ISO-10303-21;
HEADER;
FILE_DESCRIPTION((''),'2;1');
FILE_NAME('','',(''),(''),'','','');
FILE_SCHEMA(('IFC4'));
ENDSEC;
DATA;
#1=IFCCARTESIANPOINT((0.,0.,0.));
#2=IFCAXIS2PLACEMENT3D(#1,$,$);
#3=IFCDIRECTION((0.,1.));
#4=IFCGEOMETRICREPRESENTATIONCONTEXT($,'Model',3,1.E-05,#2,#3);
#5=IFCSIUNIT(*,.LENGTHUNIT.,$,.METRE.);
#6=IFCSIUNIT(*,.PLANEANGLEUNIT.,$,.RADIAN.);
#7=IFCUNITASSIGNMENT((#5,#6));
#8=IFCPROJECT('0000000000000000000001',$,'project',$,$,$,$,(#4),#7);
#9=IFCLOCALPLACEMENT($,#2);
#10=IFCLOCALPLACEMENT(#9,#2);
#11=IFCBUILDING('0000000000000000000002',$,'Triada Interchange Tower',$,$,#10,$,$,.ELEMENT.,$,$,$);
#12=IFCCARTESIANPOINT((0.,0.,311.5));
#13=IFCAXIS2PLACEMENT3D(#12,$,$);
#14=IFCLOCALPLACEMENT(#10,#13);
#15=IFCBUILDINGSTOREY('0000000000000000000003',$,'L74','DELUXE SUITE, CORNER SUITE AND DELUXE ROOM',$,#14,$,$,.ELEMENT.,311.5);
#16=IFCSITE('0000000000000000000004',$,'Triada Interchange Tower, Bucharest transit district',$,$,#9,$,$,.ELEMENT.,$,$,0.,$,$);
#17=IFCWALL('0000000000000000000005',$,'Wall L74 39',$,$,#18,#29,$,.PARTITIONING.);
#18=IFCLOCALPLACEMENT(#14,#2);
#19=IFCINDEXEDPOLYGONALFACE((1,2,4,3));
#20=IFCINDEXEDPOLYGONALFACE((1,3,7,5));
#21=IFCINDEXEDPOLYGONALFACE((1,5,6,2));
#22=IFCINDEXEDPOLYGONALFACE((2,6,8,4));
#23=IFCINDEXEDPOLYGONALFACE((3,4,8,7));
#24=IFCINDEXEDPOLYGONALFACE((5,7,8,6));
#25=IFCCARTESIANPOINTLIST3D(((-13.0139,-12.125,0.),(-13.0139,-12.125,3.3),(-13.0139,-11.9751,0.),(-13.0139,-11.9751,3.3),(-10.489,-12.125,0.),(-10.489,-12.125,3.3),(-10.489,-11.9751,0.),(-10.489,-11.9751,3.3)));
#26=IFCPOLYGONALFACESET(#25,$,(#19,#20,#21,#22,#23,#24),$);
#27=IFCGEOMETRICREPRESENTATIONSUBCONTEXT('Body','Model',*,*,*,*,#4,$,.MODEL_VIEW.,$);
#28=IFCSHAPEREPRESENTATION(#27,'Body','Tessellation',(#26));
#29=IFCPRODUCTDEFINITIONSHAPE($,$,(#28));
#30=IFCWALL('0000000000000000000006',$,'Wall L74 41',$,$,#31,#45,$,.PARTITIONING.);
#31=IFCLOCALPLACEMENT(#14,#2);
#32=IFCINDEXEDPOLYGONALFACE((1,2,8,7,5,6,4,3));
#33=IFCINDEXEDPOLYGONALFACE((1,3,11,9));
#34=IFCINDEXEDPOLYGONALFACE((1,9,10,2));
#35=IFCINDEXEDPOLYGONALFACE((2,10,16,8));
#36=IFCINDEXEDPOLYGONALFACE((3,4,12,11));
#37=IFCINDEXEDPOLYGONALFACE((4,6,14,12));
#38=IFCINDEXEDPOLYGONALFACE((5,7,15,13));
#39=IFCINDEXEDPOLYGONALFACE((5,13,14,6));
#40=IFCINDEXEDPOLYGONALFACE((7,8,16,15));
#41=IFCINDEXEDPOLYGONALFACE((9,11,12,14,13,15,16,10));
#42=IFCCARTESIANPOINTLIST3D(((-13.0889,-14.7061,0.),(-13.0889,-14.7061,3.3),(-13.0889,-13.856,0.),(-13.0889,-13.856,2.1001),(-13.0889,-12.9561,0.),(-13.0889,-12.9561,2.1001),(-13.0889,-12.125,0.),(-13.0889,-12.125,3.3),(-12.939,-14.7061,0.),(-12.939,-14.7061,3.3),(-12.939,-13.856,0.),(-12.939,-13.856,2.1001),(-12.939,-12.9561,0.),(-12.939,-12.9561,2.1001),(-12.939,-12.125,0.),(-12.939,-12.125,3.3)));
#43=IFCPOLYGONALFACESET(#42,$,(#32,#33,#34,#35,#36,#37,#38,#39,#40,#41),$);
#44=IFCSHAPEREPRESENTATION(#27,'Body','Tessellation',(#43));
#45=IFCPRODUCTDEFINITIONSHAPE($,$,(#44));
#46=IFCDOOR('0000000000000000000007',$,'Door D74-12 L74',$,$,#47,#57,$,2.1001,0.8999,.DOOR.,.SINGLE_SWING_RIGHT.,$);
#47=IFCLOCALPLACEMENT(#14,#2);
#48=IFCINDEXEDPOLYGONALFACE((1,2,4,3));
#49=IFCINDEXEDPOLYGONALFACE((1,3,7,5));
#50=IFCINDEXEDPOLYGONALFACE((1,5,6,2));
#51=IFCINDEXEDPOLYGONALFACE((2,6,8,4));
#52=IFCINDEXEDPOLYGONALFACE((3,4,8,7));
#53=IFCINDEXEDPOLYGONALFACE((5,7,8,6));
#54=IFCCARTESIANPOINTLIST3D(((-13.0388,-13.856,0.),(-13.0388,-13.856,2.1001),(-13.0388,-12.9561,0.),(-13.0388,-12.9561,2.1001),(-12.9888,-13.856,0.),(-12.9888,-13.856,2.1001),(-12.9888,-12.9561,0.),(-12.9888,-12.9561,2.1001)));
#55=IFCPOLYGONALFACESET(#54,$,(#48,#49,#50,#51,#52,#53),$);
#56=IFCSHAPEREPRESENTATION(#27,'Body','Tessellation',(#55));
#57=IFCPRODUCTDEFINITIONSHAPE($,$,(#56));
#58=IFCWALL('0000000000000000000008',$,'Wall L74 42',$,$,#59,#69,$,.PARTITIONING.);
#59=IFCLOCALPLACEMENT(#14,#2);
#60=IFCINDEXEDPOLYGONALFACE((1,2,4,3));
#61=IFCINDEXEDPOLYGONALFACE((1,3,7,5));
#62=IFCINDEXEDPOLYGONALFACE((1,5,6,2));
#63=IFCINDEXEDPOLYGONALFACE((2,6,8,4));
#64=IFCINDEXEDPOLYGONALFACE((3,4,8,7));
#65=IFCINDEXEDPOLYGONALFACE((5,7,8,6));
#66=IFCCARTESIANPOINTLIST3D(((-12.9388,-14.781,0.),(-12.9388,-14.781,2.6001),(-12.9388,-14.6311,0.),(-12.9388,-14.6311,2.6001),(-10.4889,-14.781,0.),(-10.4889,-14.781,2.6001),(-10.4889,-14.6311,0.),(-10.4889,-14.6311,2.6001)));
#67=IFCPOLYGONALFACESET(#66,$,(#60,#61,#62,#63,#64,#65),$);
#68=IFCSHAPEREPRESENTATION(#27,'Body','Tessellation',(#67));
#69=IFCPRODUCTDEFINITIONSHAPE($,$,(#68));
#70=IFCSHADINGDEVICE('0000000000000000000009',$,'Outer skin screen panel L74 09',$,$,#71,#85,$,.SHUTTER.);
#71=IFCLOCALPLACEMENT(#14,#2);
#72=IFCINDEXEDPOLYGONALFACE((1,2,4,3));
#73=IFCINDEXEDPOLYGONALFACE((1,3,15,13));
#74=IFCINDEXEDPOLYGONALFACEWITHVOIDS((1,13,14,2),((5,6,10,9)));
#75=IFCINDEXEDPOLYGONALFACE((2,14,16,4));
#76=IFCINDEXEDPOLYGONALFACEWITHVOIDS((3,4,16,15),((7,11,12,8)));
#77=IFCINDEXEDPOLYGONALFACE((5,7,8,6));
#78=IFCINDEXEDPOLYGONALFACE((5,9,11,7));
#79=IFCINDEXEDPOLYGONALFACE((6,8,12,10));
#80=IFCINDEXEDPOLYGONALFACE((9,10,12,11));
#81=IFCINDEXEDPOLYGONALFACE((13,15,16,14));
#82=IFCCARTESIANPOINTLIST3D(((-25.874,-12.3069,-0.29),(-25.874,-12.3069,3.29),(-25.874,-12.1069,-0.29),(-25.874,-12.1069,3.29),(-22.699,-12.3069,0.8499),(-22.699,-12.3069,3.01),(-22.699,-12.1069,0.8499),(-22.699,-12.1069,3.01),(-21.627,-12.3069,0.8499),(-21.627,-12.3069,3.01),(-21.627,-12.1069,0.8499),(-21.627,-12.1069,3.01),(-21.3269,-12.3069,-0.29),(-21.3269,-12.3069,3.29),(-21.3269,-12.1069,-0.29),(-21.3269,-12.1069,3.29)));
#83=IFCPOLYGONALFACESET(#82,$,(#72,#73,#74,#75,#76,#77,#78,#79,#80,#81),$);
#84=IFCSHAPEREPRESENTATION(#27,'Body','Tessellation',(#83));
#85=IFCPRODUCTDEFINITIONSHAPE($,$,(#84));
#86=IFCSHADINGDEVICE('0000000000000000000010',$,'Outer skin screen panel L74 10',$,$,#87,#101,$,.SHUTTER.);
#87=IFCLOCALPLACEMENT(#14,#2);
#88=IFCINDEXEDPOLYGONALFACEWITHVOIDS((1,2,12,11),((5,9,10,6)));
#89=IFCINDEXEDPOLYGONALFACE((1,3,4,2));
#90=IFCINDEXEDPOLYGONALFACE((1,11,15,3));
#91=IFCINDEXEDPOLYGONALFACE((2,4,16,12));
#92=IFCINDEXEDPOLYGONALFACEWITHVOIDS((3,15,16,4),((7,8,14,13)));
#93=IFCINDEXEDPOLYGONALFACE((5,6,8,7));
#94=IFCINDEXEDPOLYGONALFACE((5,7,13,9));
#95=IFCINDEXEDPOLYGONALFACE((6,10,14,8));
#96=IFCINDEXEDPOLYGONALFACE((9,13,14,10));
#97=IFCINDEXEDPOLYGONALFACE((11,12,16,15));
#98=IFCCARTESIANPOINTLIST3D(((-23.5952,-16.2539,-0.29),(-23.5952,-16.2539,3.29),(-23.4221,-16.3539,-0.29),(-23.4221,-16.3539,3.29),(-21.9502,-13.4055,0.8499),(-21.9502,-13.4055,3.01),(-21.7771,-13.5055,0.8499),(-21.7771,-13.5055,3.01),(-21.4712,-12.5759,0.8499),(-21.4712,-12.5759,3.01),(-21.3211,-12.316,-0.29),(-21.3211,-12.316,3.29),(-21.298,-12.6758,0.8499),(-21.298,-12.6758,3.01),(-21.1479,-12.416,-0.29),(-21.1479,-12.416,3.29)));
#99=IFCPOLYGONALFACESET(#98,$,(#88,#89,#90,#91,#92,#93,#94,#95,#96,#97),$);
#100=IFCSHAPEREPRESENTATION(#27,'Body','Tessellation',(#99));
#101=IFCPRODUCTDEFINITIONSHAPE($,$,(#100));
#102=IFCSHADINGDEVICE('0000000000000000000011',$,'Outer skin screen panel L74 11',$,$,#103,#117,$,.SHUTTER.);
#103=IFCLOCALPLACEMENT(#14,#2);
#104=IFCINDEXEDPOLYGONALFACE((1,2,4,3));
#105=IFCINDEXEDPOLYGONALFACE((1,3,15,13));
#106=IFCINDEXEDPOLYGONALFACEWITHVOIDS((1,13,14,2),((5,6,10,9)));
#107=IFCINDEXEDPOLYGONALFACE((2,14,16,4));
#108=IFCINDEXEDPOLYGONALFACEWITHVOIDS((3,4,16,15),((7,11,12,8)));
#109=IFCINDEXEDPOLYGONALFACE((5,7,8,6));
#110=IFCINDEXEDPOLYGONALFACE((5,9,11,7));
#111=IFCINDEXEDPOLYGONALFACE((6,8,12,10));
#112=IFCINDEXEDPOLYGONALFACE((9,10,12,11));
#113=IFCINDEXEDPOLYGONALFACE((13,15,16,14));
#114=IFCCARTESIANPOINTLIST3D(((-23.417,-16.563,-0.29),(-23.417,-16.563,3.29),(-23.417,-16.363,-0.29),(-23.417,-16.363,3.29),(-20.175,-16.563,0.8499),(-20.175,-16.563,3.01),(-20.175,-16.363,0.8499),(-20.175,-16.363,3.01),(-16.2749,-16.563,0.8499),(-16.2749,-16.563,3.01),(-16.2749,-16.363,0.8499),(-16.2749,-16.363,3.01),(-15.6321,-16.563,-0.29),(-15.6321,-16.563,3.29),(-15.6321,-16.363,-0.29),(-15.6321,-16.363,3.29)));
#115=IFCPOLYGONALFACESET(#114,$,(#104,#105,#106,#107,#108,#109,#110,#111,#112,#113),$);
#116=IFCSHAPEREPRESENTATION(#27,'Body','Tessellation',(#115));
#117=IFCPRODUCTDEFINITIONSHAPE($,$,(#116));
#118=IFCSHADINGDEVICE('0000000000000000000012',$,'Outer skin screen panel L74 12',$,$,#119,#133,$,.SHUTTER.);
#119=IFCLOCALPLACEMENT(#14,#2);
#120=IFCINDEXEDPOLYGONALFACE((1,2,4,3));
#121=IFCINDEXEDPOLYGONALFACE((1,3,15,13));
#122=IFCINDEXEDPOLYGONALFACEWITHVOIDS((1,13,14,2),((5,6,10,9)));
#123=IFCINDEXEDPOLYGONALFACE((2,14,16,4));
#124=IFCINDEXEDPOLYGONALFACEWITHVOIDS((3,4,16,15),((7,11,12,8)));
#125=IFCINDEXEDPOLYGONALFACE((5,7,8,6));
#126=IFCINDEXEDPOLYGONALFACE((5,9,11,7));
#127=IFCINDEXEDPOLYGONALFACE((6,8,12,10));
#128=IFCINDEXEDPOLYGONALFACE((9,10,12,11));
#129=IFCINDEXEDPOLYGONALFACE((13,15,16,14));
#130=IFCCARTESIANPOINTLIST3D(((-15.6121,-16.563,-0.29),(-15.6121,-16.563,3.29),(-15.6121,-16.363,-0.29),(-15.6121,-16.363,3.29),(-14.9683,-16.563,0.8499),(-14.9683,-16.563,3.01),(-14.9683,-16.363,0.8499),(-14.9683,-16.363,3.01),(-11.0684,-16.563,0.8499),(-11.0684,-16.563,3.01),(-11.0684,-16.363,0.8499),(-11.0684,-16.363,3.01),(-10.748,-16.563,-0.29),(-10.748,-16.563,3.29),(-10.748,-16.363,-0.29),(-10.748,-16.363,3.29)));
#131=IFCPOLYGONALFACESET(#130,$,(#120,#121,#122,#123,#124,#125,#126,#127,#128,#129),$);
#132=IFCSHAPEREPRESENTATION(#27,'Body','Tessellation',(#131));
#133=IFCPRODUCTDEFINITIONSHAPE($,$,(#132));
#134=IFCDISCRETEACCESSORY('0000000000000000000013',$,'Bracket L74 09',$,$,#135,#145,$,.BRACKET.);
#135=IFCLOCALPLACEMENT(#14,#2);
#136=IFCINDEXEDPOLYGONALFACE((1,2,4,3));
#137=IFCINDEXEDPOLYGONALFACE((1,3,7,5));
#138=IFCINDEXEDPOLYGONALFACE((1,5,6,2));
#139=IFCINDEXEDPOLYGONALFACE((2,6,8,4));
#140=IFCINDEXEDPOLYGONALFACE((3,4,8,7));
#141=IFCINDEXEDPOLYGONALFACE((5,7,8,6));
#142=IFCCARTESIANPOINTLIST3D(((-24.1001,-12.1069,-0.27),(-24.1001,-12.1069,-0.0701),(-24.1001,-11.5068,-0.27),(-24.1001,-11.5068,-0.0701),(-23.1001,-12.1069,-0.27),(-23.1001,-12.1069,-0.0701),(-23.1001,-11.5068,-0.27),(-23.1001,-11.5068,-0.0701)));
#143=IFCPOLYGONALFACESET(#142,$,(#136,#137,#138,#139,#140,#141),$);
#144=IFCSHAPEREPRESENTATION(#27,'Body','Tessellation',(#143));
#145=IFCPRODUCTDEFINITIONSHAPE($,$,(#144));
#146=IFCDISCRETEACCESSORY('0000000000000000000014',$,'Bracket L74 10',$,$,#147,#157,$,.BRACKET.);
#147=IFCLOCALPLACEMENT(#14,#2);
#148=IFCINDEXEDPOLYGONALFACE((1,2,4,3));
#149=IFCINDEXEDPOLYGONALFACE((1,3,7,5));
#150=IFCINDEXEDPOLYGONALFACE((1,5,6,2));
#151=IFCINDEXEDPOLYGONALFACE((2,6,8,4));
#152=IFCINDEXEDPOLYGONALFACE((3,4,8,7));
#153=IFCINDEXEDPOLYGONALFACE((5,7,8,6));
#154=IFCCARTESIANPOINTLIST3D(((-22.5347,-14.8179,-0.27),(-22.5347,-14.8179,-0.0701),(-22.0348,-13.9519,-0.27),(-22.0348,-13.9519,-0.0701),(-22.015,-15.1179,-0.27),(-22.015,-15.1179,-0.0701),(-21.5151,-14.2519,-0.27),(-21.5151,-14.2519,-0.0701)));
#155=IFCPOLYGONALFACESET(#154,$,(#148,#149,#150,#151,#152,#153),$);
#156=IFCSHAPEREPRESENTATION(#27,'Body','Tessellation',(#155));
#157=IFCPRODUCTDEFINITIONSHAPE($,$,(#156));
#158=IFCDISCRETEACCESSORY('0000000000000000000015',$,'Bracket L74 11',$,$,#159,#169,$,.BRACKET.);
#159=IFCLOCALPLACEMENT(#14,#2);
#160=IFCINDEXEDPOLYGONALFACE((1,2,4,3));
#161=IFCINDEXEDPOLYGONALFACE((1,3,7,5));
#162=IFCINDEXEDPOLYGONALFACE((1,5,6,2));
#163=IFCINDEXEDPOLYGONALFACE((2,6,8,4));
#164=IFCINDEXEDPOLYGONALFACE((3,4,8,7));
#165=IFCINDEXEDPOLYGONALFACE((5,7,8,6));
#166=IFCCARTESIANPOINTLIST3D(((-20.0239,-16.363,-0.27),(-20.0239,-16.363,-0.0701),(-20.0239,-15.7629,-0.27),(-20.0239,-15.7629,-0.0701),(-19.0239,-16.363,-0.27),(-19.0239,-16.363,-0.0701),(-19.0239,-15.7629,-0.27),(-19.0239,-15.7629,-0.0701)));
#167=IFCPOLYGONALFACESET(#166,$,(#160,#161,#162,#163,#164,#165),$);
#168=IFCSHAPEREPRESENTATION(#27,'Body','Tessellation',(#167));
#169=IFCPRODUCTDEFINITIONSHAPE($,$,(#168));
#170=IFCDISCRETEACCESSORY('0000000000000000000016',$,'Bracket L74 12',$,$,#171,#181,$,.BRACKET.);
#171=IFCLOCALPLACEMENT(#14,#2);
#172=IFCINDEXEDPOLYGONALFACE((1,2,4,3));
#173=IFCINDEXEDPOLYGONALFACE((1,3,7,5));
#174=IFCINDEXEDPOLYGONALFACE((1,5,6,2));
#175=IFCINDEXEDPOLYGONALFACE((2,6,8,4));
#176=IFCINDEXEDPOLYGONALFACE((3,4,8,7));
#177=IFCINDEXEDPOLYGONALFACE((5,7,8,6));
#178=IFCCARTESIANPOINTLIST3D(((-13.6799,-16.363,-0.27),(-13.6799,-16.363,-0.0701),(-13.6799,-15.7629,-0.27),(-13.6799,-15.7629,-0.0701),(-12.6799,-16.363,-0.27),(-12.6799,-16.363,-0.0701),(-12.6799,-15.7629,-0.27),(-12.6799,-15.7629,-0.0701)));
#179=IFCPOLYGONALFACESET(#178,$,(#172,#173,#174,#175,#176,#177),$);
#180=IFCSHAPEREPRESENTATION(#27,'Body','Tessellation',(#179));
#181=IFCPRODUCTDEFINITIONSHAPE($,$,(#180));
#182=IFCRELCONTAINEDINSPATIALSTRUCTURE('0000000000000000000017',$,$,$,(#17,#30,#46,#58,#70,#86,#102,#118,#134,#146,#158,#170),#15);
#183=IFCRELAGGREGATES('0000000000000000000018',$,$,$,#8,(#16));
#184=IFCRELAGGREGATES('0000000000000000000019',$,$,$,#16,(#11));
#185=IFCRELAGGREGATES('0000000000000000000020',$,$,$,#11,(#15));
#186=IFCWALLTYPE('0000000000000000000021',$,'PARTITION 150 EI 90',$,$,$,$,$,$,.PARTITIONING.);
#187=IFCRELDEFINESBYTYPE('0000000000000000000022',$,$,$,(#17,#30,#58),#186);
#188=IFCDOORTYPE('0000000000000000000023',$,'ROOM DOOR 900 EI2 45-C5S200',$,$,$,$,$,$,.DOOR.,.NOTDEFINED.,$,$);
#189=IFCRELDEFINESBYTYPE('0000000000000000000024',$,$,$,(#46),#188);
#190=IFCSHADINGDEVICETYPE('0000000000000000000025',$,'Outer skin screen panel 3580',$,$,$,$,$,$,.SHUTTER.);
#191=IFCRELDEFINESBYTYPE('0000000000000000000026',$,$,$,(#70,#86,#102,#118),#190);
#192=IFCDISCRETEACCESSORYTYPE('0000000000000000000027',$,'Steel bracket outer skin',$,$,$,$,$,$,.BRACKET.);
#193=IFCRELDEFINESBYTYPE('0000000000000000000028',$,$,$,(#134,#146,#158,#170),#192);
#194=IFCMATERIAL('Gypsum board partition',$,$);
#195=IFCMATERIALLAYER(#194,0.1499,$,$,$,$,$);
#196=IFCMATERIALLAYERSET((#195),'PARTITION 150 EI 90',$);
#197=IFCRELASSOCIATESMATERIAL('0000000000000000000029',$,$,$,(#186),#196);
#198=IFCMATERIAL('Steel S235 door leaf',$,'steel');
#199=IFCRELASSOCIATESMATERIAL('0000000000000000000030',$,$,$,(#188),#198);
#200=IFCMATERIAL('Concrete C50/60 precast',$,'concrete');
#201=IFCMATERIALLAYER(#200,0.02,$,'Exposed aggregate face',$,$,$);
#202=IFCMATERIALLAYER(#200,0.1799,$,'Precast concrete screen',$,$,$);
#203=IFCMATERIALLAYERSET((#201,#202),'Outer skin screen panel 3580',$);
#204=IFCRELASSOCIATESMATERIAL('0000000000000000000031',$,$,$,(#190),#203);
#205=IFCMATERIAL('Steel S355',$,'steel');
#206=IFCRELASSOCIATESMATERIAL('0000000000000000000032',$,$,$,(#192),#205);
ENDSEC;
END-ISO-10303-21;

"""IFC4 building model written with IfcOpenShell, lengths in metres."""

from ifc_helpers import new_model, si_unit, direction, frame, frame_2d, origin, origin_2d, place, context, subcontext, project, spatial, polyline, rectangle, outline, extrude, material, layer, layer_set, type_object, element, fill, save


model = new_model("IFC4")

# Units and contexts
model_context = context("Model", 3, precision=1e-05, world=origin(), true_north=direction((0.0, 1.0)))
body_context = subcontext(model_context, "Body", "Model", "MODEL_VIEW")
ifc_project = project(units=[si_unit("LENGTHUNIT", "METRE"), si_unit("PLANEANGLEUNIT", "RADIAN")], contexts=[model_context])

# Site, building, storey
site_placement = place(None, origin())
site = spatial("IfcSite", under=ifc_project, at=site_placement, Name="Triada Interchange Tower, Bucharest transit district", CompositionType="ELEMENT", RefElevation=0.0)
building_placement = place(site_placement, origin())
building = spatial("IfcBuilding", under=site, at=building_placement, Name="Triada Interchange Tower", CompositionType="ELEMENT")
storey_placement = place(building_placement, frame((0.0, 0.0, 311.5)))
storey = spatial("IfcBuildingStorey", under=building, at=storey_placement, Name="L74", Description="DELUXE SUITE, CORNER SUITE AND DELUXE ROOM", CompositionType="ELEMENT", Elevation=311.5)

# Wall
ifc_material_1 = material(Name="Gypsum board partition")
ifc_layer_1 = layer(ifc_material_1, 0.1499)
ifc_layer_set_1 = layer_set([ifc_layer_1], Name="PARTITION 150 EI 90")
wall_type_1 = type_object("IfcWallType", Name="PARTITION 150 EI 90", PredefinedType="PARTITIONING", material=ifc_layer_set_1)
wall_1_placement = place(storey_placement, frame((-13.0139, -12.05, 0.0), z_axis=(0.0, 0.0, 1.0), x_axis=(1.0, 0.0, 0.0)))
element("IfcWall", 1, at=wall_1_placement, inside=storey, type_object=wall_type_1, Name="Wall L74 39", PredefinedType="PARTITIONING", context=body_context, shape_type="SweptSolid", body=[
    extrude(rectangle(XDim=2.5249, YDim=0.1499, at=frame_2d((1.2625, 0.0))), origin(), (0.0, 0.0, 1.0), 3.3),
])

# Wall, opening, door
wall_2_placement = place(storey_placement, frame((-13.0139, -14.7061, 0.0), z_axis=(0.0, 0.0, 1.0), x_axis=(0.0, 1.0, 0.0)))
wall_2 = element("IfcWall", 2, at=wall_2_placement, inside=storey, type_object=wall_type_1, Name="Wall L74 41", PredefinedType="PARTITIONING", context=body_context, shape_type="SweptSolid", body=[
    extrude(rectangle(XDim=2.5811, YDim=0.1499, at=frame_2d((1.2905, 0.0))), origin(), (0.0, 0.0, 1.0), 3.3),
])
opening_1_placement = place(wall_2_placement, frame((0.8501, 0.0, 0.0)))
opening_1 = element("IfcOpeningElement", 3, at=opening_1_placement, cuts=wall_2, PredefinedType="OPENING", context=body_context, shape_type="SweptSolid", body=[
    extrude(rectangle(XDim=0.8999, YDim=2.1001, at=frame_2d((0.45, 1.05))), frame((0.0, 0.085, 0.0), z_axis=(0.0, -1.0, 0.0), x_axis=(1.0, 0.0, 0.0)), (0.0, 0.0, 1.0), 0.1699),
])
ifc_material_2 = material(Name="Steel S235 door leaf", Category="steel")
door_type = type_object("IfcDoorType", Name="ROOM DOOR 900 EI2 45-C5S200", OperationType="NOTDEFINED", PredefinedType="DOOR", material=ifc_material_2)
door_placement = place(opening_1_placement, origin())
door = element("IfcDoor", 4, at=door_placement, inside=storey, type_object=door_type, Name="Door D74-12 L74", OperationType="SINGLE_SWING_RIGHT", OverallHeight=2.1001, OverallWidth=0.8999, PredefinedType="DOOR", context=body_context, shape_type="SweptSolid", body=[
    extrude(rectangle(XDim=0.8999, YDim=2.1001, at=frame_2d((0.45, 1.05))), frame((0.0, 0.0249, 0.0), z_axis=(0.0, -1.0, 0.0), x_axis=(1.0, 0.0, 0.0)), (0.0, 0.0, 1.0), 0.05),
])
fill(opening_1, door)

# Wall
wall_3_placement = place(storey_placement, frame((-12.939, -14.7061, 0.0), z_axis=(0.0, 0.0, 1.0), x_axis=(1.0, 0.0, 0.0)))
element("IfcWall", 5, at=wall_3_placement, inside=storey, type_object=wall_type_1, Name="Wall L74 42", PredefinedType="PARTITIONING", context=body_context, shape_type="SweptSolid", body=[
    extrude(rectangle(XDim=2.45, YDim=0.1499, at=frame_2d((1.2251, 0.0))), origin(), (0.0, 0.0, 1.0), 2.6001),
])

# Shading devices
ifc_material_3 = material(Name="Concrete C50/60 precast", Category="concrete")
ifc_layer_2 = layer(ifc_material_3, 0.02, Name="Exposed aggregate face")
ifc_layer_3 = layer(ifc_material_3, 0.1799, Name="Precast concrete screen")
ifc_layer_set_2 = layer_set([ifc_layer_2, ifc_layer_3], Name="Outer skin screen panel 3580")
shading_device_type = type_object("IfcShadingDeviceType", Name="Outer skin screen panel 3580", PredefinedType="SHUTTER", material=ifc_layer_set_2)
shading_device_1_placement = place(storey_placement, frame((-25.874, -12.1069, -0.29), z_axis=(0.0, 0.0, 1.0), x_axis=(1.0, 0.0, 0.0)))
element("IfcShadingDevice", 6, at=shading_device_1_placement, inside=storey, type_object=shading_device_type, Name="Outer skin screen panel L74 09", PredefinedType="SHUTTER", context=body_context, shape_type="SweptSolid", body=[
    extrude(outline(polyline([(0.0, 0.0), (4.5471, 0.0), (4.5471, 3.5801), (0.0, 3.5801), (0.0, 0.0)]), holes=[polyline([(3.175, 1.1399), (3.175, 3.3), (4.2471, 3.3), (4.2471, 1.1399), (3.175, 1.1399)])]), frame((0.0, 0.0, 0.0), z_axis=(0.0, -1.0, 0.0), x_axis=(1.0, 0.0, 0.0)), (0.0, 0.0, 1.0), 0.2),
])
shading_device_2_placement = place(storey_placement, frame((-21.1479, -12.416, -0.29), z_axis=(0.0, 0.0, 1.0), x_axis=(-0.500094, -0.865971, 0.0)))
element("IfcShadingDevice", 7, at=shading_device_2_placement, inside=storey, type_object=shading_device_type, Name="Outer skin screen panel L74 10", PredefinedType="SHUTTER", context=body_context, shape_type="SweptSolid", body=[
    extrude(outline(polyline([(0.0, 0.0), (4.5474, 0.0), (4.5474, 3.5801), (0.0, 3.5801), (0.0, 0.0)]), holes=[polyline([(0.3, 1.1399), (0.3, 3.3), (1.2581, 3.3), (1.2581, 1.1399), (0.3, 1.1399)])]), frame((0.0, 0.0, 0.0), z_axis=(0.0, -1.0, 0.0), x_axis=(1.0, 0.0, 0.0)), (0.0, 0.0, 1.0), 0.2),
])
shading_device_3_placement = place(storey_placement, frame((-23.417, -16.363, -0.29), z_axis=(0.0, 0.0, 1.0), x_axis=(1.0, 0.0, 0.0)))
element("IfcShadingDevice", 8, at=shading_device_3_placement, inside=storey, type_object=shading_device_type, Name="Outer skin screen panel L74 11", PredefinedType="SHUTTER", context=body_context, shape_type="SweptSolid", body=[
    extrude(outline(polyline([(0.0, 0.0), (7.7849, 0.0), (7.7849, 3.5801), (0.0, 3.5801), (0.0, 0.0)]), holes=[polyline([(3.2419, 1.1399), (3.2419, 3.3), (7.1421, 3.3), (7.1421, 1.1399), (3.2419, 1.1399)])]), frame((0.0, 0.0, 0.0), z_axis=(0.0, -1.0, 0.0), x_axis=(1.0, 0.0, 0.0)), (0.0, 0.0, 1.0), 0.2),
])
shading_device_4_placement = place(storey_placement, frame((-15.6121, -16.363, -0.29), z_axis=(0.0, 0.0, 1.0), x_axis=(1.0, 0.0, 0.0)))
element("IfcShadingDevice", 9, at=shading_device_4_placement, inside=storey, type_object=shading_device_type, Name="Outer skin screen panel L74 12", PredefinedType="SHUTTER", context=body_context, shape_type="SweptSolid", body=[
    extrude(outline(polyline([(0.0, 0.0), (4.864, 0.0), (4.864, 3.5801), (0.0, 3.5801), (0.0, 0.0)]), holes=[polyline([(0.6438, 1.1399), (0.6438, 3.3), (4.5437, 3.3), (4.5437, 1.1399), (0.6438, 1.1399)])]), frame((0.0, 0.0, 0.0), z_axis=(0.0, -1.0, 0.0), x_axis=(1.0, 0.0, 0.0)), (0.0, 0.0, 1.0), 0.2),
])

# Discrete accessories
ifc_material_4 = material(Name="Steel S355", Category="steel")
discrete_accessory_type = type_object("IfcDiscreteAccessoryType", Name="Steel bracket outer skin", PredefinedType="BRACKET", material=ifc_material_4)
for number, where, z_axis, x_axis, name in (
    (10, (-23.6001, -11.8069, -0.27), (0.0, 0.0, 1.0), (0.0, -1.0, 0.0), "Bracket L74 09"),
    (11, (-22.0249, -14.5349, -0.27), (0.0, 0.0, 1.0), (-0.866043, 0.499969, 0.0), "Bracket L74 10"),
    (12, (-19.5239, -16.063, -0.27), (0.0, 0.0, 1.0), (0.0, -1.0, 0.0), "Bracket L74 11"),
    (13, (-13.1799, -16.063, -0.27), (0.0, 0.0, 1.0), (0.0, -1.0, 0.0), "Bracket L74 12"),
):
    element("IfcDiscreteAccessory", number, at=place(storey_placement, frame(where, z_axis=z_axis, x_axis=x_axis)), inside=storey, type_object=discrete_accessory_type, Name=name, PredefinedType="BRACKET", context=body_context, shape_type="SweptSolid", body=[
        extrude(rectangle(XDim=0.6001, YDim=1.0, at=origin_2d()), origin(), (0.0, 0.0, 1.0), 0.2),
    ])

save(model, "model.ifc")
